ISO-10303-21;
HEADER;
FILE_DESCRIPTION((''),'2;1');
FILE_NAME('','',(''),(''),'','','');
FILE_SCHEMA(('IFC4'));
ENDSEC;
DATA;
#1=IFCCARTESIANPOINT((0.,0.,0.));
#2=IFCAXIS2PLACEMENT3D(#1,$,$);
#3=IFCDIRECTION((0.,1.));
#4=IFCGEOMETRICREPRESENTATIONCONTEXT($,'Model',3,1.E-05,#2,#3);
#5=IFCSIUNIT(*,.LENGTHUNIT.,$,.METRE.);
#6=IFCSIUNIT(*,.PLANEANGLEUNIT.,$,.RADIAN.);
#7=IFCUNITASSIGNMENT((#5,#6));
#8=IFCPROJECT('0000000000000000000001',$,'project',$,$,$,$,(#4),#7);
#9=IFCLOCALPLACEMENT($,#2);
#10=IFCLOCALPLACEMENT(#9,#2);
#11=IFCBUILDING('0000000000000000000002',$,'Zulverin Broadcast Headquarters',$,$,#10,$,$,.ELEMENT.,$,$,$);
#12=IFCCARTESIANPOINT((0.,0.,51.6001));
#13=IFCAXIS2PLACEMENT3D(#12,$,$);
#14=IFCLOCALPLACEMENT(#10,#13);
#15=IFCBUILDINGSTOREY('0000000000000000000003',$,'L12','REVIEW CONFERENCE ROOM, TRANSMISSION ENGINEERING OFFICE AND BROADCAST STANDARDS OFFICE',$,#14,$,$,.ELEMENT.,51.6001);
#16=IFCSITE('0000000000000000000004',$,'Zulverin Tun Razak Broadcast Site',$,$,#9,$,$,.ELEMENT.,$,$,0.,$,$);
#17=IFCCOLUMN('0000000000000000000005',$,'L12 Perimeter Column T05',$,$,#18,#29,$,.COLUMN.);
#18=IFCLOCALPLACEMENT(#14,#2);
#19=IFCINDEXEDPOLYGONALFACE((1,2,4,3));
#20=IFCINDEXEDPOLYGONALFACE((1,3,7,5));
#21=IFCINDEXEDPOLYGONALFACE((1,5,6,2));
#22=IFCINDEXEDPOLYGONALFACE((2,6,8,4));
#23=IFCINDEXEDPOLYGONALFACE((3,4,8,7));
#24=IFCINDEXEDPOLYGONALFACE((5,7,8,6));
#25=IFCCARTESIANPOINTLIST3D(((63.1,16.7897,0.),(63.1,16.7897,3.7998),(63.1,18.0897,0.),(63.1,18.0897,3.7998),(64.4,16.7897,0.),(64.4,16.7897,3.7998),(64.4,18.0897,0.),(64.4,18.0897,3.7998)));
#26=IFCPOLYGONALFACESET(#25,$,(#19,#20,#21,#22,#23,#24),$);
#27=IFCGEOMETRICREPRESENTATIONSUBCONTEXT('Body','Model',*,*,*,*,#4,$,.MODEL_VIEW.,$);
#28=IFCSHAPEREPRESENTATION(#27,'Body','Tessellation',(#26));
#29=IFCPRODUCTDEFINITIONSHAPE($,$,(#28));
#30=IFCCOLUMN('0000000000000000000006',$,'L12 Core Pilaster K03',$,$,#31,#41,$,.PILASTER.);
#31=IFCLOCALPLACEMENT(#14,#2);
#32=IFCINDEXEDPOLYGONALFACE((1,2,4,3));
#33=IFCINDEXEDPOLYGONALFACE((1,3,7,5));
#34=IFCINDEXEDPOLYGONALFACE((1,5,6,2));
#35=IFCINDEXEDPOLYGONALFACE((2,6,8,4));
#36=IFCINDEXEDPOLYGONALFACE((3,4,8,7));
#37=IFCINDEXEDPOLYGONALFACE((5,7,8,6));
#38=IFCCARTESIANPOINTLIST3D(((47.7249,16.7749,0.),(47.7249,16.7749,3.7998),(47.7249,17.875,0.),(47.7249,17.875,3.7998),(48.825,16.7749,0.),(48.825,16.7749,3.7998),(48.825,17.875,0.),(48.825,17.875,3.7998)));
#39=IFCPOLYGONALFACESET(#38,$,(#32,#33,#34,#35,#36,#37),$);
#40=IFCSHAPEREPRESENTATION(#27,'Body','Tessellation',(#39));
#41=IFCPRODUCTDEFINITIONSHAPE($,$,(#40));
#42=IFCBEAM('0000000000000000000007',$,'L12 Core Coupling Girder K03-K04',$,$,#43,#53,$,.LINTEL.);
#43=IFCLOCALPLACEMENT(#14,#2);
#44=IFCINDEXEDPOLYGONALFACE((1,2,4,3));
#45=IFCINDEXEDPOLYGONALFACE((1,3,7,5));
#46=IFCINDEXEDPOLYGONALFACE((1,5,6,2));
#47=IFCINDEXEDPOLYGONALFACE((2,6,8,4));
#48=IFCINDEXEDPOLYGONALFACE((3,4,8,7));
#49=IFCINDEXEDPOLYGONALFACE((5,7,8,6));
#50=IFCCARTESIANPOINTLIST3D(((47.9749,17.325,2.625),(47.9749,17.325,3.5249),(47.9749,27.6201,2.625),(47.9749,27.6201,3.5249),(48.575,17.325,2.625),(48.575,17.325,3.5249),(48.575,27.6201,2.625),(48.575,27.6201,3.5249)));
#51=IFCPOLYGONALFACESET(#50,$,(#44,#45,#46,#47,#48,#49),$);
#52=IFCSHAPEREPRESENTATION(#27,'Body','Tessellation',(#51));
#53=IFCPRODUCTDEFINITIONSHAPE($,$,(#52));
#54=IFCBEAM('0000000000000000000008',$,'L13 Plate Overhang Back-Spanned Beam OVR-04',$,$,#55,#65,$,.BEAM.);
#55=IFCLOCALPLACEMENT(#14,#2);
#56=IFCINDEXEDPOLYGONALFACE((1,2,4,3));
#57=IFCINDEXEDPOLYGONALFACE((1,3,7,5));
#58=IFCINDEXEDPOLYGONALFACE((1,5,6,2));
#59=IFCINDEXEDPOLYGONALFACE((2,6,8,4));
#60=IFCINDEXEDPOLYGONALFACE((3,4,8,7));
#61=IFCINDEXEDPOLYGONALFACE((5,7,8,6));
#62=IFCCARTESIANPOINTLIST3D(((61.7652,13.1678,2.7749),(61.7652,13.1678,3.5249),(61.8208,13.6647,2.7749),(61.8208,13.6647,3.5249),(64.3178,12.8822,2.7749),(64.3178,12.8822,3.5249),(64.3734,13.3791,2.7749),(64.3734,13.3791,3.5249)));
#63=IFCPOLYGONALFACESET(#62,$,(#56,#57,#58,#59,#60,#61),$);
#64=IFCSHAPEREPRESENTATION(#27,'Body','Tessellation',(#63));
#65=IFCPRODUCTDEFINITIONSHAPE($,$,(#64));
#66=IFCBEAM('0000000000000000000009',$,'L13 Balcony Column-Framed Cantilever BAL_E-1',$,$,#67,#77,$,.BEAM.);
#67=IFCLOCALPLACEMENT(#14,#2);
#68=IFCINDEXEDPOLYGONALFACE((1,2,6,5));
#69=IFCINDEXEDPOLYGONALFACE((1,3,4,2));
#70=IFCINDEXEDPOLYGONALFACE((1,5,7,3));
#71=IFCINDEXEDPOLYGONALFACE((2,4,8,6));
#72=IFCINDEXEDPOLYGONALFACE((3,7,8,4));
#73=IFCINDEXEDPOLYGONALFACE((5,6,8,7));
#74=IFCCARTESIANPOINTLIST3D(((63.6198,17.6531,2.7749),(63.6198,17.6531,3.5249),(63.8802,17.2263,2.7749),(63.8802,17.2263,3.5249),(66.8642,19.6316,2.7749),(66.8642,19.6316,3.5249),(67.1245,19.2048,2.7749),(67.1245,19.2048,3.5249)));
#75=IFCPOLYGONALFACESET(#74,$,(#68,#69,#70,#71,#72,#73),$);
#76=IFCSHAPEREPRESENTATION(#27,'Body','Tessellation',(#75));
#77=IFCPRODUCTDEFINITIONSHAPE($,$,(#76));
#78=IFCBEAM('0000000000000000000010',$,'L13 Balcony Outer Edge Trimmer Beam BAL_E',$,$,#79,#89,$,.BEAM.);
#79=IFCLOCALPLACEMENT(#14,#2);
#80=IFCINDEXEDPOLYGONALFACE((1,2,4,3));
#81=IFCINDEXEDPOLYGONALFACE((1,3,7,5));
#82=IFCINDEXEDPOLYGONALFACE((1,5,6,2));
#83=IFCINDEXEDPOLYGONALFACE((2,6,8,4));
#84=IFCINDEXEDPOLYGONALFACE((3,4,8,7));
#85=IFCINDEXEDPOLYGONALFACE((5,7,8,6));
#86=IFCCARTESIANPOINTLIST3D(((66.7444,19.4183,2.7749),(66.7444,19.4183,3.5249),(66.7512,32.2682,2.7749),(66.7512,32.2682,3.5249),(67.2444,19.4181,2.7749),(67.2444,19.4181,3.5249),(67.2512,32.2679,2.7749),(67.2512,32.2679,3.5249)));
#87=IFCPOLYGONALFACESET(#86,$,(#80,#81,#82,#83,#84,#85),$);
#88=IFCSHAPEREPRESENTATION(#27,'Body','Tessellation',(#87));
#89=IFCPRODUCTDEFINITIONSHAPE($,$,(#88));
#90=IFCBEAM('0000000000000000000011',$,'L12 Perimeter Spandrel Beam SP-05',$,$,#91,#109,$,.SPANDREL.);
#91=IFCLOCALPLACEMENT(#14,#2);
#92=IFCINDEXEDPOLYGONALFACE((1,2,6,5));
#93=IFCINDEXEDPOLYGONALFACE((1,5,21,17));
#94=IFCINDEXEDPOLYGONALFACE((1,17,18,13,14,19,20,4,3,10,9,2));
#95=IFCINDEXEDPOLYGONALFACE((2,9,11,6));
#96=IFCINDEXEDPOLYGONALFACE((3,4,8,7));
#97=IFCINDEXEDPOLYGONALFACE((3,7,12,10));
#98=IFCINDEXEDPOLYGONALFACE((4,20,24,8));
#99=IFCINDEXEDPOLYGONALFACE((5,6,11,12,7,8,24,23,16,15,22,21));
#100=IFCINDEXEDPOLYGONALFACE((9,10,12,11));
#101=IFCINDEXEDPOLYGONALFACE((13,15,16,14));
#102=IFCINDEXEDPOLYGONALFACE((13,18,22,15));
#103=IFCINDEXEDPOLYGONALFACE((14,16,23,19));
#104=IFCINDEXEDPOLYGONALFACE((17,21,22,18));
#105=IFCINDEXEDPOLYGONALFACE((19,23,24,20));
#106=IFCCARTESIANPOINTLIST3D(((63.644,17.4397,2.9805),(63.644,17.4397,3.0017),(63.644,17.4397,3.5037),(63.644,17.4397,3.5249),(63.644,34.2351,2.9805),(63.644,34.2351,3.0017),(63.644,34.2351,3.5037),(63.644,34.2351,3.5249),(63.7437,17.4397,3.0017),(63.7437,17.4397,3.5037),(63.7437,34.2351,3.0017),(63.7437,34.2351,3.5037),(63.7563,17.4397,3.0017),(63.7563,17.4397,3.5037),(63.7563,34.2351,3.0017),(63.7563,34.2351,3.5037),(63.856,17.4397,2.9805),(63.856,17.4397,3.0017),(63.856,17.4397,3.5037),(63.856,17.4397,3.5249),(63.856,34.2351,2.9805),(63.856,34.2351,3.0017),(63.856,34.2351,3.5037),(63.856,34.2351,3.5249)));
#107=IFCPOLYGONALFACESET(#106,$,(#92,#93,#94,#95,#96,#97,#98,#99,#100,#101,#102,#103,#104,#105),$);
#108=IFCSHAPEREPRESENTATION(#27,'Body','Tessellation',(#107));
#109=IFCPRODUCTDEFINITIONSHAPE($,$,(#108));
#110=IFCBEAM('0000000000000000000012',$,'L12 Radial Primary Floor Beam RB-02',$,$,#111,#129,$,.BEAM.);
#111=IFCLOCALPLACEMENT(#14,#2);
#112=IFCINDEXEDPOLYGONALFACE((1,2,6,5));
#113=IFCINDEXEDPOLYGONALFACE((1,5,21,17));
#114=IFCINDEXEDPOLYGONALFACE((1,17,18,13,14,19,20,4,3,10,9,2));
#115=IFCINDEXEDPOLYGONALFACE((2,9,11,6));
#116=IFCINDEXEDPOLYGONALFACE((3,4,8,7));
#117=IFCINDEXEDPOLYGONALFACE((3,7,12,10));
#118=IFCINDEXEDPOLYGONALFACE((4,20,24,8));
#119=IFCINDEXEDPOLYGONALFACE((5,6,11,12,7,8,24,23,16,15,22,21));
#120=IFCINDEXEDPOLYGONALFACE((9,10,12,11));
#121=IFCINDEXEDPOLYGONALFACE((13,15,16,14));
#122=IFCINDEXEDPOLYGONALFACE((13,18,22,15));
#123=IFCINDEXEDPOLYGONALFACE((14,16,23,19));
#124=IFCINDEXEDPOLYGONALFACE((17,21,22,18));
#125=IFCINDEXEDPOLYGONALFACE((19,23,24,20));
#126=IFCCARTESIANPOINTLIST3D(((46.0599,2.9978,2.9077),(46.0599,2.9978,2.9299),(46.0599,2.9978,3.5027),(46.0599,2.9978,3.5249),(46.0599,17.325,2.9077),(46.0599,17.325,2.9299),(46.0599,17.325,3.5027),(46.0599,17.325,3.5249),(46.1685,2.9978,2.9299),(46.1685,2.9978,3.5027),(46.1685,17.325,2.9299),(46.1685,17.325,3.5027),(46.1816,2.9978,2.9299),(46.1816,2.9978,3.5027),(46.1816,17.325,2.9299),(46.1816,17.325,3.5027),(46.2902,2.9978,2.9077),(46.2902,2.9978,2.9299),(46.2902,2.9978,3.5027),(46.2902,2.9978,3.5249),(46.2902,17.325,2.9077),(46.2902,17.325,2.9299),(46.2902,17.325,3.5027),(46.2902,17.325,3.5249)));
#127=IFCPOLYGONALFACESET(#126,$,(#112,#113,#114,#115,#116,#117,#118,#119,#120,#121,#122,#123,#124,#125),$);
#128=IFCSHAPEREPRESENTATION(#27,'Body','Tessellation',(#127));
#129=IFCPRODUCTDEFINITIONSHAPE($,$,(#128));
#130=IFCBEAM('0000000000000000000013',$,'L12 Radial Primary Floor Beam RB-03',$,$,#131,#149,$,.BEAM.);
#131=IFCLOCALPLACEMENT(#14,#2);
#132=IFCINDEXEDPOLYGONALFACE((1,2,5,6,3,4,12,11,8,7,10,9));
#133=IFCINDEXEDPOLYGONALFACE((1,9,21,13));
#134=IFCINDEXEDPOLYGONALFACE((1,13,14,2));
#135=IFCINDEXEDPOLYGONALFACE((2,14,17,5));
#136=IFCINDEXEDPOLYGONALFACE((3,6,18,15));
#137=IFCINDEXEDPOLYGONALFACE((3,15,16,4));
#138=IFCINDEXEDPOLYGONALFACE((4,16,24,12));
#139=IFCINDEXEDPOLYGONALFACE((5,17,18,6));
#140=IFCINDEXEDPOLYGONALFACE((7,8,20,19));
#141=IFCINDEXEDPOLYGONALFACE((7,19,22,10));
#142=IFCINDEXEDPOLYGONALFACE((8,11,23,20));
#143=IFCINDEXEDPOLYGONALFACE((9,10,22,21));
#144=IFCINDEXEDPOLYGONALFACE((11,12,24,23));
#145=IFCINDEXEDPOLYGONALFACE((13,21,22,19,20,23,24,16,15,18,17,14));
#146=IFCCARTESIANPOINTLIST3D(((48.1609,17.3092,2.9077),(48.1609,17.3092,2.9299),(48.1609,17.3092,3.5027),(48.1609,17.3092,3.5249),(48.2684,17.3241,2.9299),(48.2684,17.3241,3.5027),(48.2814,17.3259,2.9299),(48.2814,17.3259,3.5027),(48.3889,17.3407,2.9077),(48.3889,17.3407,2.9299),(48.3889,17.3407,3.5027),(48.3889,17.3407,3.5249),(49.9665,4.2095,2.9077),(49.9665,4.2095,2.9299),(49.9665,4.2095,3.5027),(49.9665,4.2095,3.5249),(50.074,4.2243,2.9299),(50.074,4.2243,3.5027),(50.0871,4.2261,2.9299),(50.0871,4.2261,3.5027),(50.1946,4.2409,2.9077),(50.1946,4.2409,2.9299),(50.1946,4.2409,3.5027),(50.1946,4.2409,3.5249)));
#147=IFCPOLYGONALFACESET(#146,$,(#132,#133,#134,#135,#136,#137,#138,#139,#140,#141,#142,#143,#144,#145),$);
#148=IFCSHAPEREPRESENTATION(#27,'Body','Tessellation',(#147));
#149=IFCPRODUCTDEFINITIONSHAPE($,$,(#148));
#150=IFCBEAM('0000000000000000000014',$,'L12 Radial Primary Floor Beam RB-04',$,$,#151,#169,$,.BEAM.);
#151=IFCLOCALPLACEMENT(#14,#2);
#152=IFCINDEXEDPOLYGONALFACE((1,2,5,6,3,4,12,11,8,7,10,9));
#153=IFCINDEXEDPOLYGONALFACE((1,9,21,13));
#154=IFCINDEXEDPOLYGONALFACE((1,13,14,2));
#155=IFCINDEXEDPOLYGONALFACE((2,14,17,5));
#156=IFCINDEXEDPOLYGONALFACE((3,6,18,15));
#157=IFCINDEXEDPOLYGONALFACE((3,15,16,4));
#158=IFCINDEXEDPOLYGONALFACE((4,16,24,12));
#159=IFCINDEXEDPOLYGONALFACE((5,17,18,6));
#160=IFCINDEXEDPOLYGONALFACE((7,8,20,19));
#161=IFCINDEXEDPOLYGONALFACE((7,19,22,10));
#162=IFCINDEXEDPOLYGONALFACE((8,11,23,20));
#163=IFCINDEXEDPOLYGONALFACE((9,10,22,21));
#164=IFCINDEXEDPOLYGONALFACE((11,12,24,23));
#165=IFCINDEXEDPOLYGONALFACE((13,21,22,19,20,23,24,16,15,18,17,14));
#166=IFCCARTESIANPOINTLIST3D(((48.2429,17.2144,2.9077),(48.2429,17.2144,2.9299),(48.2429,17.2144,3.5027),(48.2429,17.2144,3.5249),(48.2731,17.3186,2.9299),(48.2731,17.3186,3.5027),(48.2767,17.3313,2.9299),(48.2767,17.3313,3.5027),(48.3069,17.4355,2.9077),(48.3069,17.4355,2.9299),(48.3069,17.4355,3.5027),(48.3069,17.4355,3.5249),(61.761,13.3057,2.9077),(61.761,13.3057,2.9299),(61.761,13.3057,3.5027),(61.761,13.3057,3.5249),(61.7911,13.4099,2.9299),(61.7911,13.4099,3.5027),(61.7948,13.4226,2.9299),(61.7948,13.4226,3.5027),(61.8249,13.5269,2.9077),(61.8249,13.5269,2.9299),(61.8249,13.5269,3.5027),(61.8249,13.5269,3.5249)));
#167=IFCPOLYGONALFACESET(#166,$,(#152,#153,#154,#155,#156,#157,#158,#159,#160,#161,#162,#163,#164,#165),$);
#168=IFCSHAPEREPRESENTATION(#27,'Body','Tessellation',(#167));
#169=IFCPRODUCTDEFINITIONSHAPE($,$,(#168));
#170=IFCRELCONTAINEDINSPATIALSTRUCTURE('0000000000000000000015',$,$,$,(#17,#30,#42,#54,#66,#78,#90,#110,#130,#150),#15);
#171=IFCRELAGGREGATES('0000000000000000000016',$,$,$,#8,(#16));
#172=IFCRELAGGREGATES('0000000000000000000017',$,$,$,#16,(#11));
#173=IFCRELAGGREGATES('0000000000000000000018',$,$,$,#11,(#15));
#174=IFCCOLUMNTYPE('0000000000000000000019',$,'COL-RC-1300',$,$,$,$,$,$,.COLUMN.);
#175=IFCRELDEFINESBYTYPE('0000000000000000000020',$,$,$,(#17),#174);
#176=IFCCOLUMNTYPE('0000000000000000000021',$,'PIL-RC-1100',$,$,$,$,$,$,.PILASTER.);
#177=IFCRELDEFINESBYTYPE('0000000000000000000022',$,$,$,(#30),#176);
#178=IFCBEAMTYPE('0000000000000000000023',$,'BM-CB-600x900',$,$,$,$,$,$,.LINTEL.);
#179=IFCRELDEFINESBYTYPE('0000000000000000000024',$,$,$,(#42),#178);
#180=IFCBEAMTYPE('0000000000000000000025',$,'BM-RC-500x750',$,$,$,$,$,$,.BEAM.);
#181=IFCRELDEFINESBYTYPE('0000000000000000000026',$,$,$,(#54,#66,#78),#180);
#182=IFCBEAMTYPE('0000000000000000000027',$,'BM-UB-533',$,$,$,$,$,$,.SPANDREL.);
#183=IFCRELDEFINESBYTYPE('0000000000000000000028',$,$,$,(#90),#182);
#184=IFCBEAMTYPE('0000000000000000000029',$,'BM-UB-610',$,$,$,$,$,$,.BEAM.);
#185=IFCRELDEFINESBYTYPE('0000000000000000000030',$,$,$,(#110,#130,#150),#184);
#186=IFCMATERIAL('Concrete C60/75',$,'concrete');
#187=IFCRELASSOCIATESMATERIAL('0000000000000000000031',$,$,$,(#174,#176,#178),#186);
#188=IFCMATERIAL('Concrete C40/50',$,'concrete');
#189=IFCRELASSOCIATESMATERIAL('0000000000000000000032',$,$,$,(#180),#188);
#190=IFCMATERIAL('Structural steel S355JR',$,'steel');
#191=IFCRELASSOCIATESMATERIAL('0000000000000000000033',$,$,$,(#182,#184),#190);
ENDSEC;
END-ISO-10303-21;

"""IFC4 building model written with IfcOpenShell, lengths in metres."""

from ifc_helpers import new_model, si_unit, direction, frame, origin, origin_2d, place, context, subcontext, project, spatial, rectangle, i_section, extrude, material, material_profile, profile_set, type_object, element, save


model = new_model("IFC4")

# Units and contexts
model_context = context("Model", 3, precision=1e-05, world=origin(), true_north=direction((0.0, 1.0)))
body_context = subcontext(model_context, "Body", "Model", "MODEL_VIEW")
ifc_project = project(units=[si_unit("LENGTHUNIT", "METRE"), si_unit("PLANEANGLEUNIT", "RADIAN")], contexts=[model_context])

# Site, building, storey
site_placement = place(None, origin())
site = spatial("IfcSite", under=ifc_project, at=site_placement, Name="Zulverin Tun Razak Broadcast Site", CompositionType="ELEMENT", RefElevation=0.0)
building_placement = place(site_placement, origin())
building = spatial("IfcBuilding", under=site, at=building_placement, Name="Zulverin Broadcast Headquarters", CompositionType="ELEMENT")
storey_placement = place(building_placement, frame((0.0, 0.0, 51.6001)))
storey = spatial("IfcBuildingStorey", under=building, at=storey_placement, Name="L12", Description="REVIEW CONFERENCE ROOM, TRANSMISSION ENGINEERING OFFICE AND BROADCAST STANDARDS OFFICE", CompositionType="ELEMENT", Elevation=51.6001)

# Columns
ifc_material_1 = material(Name="Concrete C60/75", Category="concrete")
ifc_material_profile_1 = material_profile(ifc_material_1, rectangle(XDim=1.3, YDim=1.3, at=origin_2d()), Name="Concrete C60/75", Category="concrete")
ifc_profile_set_1 = profile_set([ifc_material_profile_1], Name="Concrete C60/75")
column_type_1 = type_object("IfcColumnType", Name="COL-RC-1300", PredefinedType="COLUMN", material=ifc_profile_set_1)
column_1_placement = place(storey_placement, frame((63.75, 17.4397, 0.0), z_axis=(0.0, 0.0, 1.0), x_axis=(1.0, 0.0, 0.0)))
element("IfcColumn", 1, at=column_1_placement, inside=storey, type_object=column_type_1, Name="L12 Perimeter Column T05", PredefinedType="COLUMN", context=body_context, shape_type="SweptSolid", body=[
    extrude(rectangle(XDim=1.3, YDim=1.3, at=origin_2d()), origin(), (0.0, 0.0, 1.0), 3.7998),
])
ifc_material_profile_2 = material_profile(ifc_material_1, rectangle(XDim=1.1001, YDim=1.1001, at=origin_2d()), Name="Concrete C60/75", Category="concrete")
ifc_profile_set_2 = profile_set([ifc_material_profile_2], Name="Concrete C60/75")
column_type_2 = type_object("IfcColumnType", Name="PIL-RC-1100", PredefinedType="PILASTER", material=ifc_profile_set_2)
column_2_placement = place(storey_placement, frame((48.2749, 17.325, 0.0), z_axis=(0.0, 0.0, 1.0), x_axis=(1.0, 0.0, 0.0)))
element("IfcColumn", 2, at=column_2_placement, inside=storey, type_object=column_type_2, Name="L12 Core Pilaster K03", PredefinedType="PILASTER", context=body_context, shape_type="SweptSolid", body=[
    extrude(rectangle(XDim=1.1001, YDim=1.1001, at=origin_2d()), origin(), (0.0, 0.0, 1.0), 3.7998),
])

# Beams
ifc_material_profile_3 = material_profile(ifc_material_1, rectangle(XDim=0.6001, YDim=0.8999, at=origin_2d()), Name="Concrete C60/75", Category="concrete")
ifc_profile_set_3 = profile_set([ifc_material_profile_3], Name="Concrete C60/75")
beam_type_1 = type_object("IfcBeamType", Name="BM-CB-600x900", PredefinedType="LINTEL", material=ifc_profile_set_3)
beam_1_placement = place(storey_placement, frame((48.2749, 17.325, 3.075), z_axis=(0.0, 1.0, 0.0), x_axis=(-1.0, 0.0, 0.0)))
element("IfcBeam", 3, at=beam_1_placement, inside=storey, type_object=beam_type_1, Name="L12 Core Coupling Girder K03-K04", PredefinedType="LINTEL", context=body_context, shape_type="SweptSolid", body=[
    extrude(rectangle(XDim=0.6001, YDim=0.8999, at=origin_2d()), origin(), (0.0, 0.0, 1.0), 10.2952),
])
ifc_material_2 = material(Name="Concrete C40/50", Category="concrete")
ifc_material_profile_4 = material_profile(ifc_material_2, rectangle(XDim=0.5, YDim=0.75, at=origin_2d()), Name="Concrete C40/50", Category="concrete")
ifc_profile_set_4 = profile_set([ifc_material_profile_4], Name="Concrete C40/50")
beam_type_2 = type_object("IfcBeamType", Name="BM-RC-500x750", PredefinedType="BEAM", material=ifc_profile_set_4)
beam_2_placement = place(storey_placement, frame((61.793, 13.4163, 3.1499), z_axis=(0.993798, -0.111203, 0.0), x_axis=(0.111203, 0.993798, 0.0)))
element("IfcBeam", 4, at=beam_2_placement, inside=storey, type_object=beam_type_2, Name="L13 Plate Overhang Back-Spanned Beam OVR-04", PredefinedType="BEAM", context=body_context, shape_type="SweptSolid", body=[
    extrude(rectangle(XDim=0.5, YDim=0.75, at=origin_2d()), origin(), (0.0, 0.0, 1.0), 2.5686),
])
beam_3_placement = place(storey_placement, frame((63.75, 17.4397, 3.1499), z_axis=(0.853769, 0.520652, 0.0), x_axis=(-0.520652, 0.853769, 0.0)))
element("IfcBeam", 5, at=beam_3_placement, inside=storey, type_object=beam_type_2, Name="L13 Balcony Column-Framed Cantilever BAL_E-1", PredefinedType="BEAM", context=body_context, shape_type="SweptSolid", body=[
    extrude(rectangle(XDim=0.5, YDim=0.75, at=origin_2d()), origin(), (0.0, 0.0, 1.0), 3.8),
])
beam_4_placement = place(storey_placement, frame((66.9944, 19.4182, 3.1499), z_axis=(0.000532, 1.0, 0.0), x_axis=(-1.0, 0.000532, 0.0)))
element("IfcBeam", 6, at=beam_4_placement, inside=storey, type_object=beam_type_2, Name="L13 Balcony Outer Edge Trimmer Beam BAL_E", PredefinedType="BEAM", context=body_context, shape_type="SweptSolid", body=[
    extrude(rectangle(XDim=0.5, YDim=0.75, at=origin_2d()), origin(), (0.0, 0.0, 1.0), 12.8499),
])
ifc_material_3 = material(Name="Structural steel S355JR", Category="steel")
ifc_material_profile_5 = material_profile(ifc_material_3, i_section(OverallWidth=0.2119, OverallDepth=0.5444, WebThickness=0.0127, FlangeThickness=0.0212, at=origin_2d()), Name="Structural steel S355JR", Category="steel")
ifc_profile_set_5 = profile_set([ifc_material_profile_5], Name="Structural steel S355JR")
beam_type_3 = type_object("IfcBeamType", Name="BM-UB-533", PredefinedType="SPANDREL", material=ifc_profile_set_5)
beam_5_placement = place(storey_placement, frame((63.75, 17.4397, 3.2527), z_axis=(0.0, 1.0, 0.0), x_axis=(-1.0, 0.0, 0.0)))
element("IfcBeam", 7, at=beam_5_placement, inside=storey, type_object=beam_type_3, Name="L12 Perimeter Spandrel Beam SP-05", PredefinedType="SPANDREL", context=body_context, shape_type="SweptSolid", body=[
    extrude(i_section(OverallWidth=0.2119, OverallDepth=0.5444, WebThickness=0.0127, FlangeThickness=0.0212, at=origin_2d()), origin(), (0.0, 0.0, 1.0), 16.7954),
])
ifc_material_profile_6 = material_profile(ifc_material_3, i_section(OverallWidth=0.2302, OverallDepth=0.6172, WebThickness=0.0132, FlangeThickness=0.0222, at=origin_2d()), Name="Structural steel S355JR", Category="steel")
ifc_profile_set_6 = profile_set([ifc_material_profile_6], Name="Structural steel S355JR")
beam_type_4 = type_object("IfcBeamType", Name="BM-UB-610", PredefinedType="BEAM", material=ifc_profile_set_6)
beam_6_placement = place(storey_placement, frame((46.175, 17.325, 3.2163), z_axis=(0.0, -1.0, 0.0), x_axis=(1.0, 0.0, 0.0)))
element("IfcBeam", 8, at=beam_6_placement, inside=storey, type_object=beam_type_4, Name="L12 Radial Primary Floor Beam RB-02", PredefinedType="BEAM", context=body_context, shape_type="SweptSolid", body=[
    extrude(i_section(OverallWidth=0.2302, OverallDepth=0.6172, WebThickness=0.0132, FlangeThickness=0.0222, at=origin_2d()), origin(), (0.0, 0.0, 1.0), 14.3271),
])
beam_7_placement = place(storey_placement, frame((48.2749, 17.325, 3.2163), z_axis=(0.136547, -0.990634, 0.0), x_axis=(0.990634, 0.136547, 0.0)))
element("IfcBeam", 9, at=beam_7_placement, inside=storey, type_object=beam_type_4, Name="L12 Radial Primary Floor Beam RB-03", PredefinedType="BEAM", context=body_context, shape_type="SweptSolid", body=[
    extrude(i_section(OverallWidth=0.2302, OverallDepth=0.6172, WebThickness=0.0132, FlangeThickness=0.0222, at=origin_2d()), origin(), (0.0, 0.0, 1.0), 13.2236),
])
beam_8_placement = place(storey_placement, frame((48.2749, 17.325, 3.2163), z_axis=(0.960648, -0.277767, 0.0), x_axis=(0.277767, 0.960648, 0.0)))
element("IfcBeam", 10, at=beam_8_placement, inside=storey, type_object=beam_type_4, Name="L12 Radial Primary Floor Beam RB-04", PredefinedType="BEAM", context=body_context, shape_type="SweptSolid", body=[
    extrude(i_section(OverallWidth=0.2302, OverallDepth=0.6172, WebThickness=0.0132, FlangeThickness=0.0222, at=origin_2d()), origin(), (0.0, 0.0, 1.0), 14.0718),
])

save(model, "model.ifc")
